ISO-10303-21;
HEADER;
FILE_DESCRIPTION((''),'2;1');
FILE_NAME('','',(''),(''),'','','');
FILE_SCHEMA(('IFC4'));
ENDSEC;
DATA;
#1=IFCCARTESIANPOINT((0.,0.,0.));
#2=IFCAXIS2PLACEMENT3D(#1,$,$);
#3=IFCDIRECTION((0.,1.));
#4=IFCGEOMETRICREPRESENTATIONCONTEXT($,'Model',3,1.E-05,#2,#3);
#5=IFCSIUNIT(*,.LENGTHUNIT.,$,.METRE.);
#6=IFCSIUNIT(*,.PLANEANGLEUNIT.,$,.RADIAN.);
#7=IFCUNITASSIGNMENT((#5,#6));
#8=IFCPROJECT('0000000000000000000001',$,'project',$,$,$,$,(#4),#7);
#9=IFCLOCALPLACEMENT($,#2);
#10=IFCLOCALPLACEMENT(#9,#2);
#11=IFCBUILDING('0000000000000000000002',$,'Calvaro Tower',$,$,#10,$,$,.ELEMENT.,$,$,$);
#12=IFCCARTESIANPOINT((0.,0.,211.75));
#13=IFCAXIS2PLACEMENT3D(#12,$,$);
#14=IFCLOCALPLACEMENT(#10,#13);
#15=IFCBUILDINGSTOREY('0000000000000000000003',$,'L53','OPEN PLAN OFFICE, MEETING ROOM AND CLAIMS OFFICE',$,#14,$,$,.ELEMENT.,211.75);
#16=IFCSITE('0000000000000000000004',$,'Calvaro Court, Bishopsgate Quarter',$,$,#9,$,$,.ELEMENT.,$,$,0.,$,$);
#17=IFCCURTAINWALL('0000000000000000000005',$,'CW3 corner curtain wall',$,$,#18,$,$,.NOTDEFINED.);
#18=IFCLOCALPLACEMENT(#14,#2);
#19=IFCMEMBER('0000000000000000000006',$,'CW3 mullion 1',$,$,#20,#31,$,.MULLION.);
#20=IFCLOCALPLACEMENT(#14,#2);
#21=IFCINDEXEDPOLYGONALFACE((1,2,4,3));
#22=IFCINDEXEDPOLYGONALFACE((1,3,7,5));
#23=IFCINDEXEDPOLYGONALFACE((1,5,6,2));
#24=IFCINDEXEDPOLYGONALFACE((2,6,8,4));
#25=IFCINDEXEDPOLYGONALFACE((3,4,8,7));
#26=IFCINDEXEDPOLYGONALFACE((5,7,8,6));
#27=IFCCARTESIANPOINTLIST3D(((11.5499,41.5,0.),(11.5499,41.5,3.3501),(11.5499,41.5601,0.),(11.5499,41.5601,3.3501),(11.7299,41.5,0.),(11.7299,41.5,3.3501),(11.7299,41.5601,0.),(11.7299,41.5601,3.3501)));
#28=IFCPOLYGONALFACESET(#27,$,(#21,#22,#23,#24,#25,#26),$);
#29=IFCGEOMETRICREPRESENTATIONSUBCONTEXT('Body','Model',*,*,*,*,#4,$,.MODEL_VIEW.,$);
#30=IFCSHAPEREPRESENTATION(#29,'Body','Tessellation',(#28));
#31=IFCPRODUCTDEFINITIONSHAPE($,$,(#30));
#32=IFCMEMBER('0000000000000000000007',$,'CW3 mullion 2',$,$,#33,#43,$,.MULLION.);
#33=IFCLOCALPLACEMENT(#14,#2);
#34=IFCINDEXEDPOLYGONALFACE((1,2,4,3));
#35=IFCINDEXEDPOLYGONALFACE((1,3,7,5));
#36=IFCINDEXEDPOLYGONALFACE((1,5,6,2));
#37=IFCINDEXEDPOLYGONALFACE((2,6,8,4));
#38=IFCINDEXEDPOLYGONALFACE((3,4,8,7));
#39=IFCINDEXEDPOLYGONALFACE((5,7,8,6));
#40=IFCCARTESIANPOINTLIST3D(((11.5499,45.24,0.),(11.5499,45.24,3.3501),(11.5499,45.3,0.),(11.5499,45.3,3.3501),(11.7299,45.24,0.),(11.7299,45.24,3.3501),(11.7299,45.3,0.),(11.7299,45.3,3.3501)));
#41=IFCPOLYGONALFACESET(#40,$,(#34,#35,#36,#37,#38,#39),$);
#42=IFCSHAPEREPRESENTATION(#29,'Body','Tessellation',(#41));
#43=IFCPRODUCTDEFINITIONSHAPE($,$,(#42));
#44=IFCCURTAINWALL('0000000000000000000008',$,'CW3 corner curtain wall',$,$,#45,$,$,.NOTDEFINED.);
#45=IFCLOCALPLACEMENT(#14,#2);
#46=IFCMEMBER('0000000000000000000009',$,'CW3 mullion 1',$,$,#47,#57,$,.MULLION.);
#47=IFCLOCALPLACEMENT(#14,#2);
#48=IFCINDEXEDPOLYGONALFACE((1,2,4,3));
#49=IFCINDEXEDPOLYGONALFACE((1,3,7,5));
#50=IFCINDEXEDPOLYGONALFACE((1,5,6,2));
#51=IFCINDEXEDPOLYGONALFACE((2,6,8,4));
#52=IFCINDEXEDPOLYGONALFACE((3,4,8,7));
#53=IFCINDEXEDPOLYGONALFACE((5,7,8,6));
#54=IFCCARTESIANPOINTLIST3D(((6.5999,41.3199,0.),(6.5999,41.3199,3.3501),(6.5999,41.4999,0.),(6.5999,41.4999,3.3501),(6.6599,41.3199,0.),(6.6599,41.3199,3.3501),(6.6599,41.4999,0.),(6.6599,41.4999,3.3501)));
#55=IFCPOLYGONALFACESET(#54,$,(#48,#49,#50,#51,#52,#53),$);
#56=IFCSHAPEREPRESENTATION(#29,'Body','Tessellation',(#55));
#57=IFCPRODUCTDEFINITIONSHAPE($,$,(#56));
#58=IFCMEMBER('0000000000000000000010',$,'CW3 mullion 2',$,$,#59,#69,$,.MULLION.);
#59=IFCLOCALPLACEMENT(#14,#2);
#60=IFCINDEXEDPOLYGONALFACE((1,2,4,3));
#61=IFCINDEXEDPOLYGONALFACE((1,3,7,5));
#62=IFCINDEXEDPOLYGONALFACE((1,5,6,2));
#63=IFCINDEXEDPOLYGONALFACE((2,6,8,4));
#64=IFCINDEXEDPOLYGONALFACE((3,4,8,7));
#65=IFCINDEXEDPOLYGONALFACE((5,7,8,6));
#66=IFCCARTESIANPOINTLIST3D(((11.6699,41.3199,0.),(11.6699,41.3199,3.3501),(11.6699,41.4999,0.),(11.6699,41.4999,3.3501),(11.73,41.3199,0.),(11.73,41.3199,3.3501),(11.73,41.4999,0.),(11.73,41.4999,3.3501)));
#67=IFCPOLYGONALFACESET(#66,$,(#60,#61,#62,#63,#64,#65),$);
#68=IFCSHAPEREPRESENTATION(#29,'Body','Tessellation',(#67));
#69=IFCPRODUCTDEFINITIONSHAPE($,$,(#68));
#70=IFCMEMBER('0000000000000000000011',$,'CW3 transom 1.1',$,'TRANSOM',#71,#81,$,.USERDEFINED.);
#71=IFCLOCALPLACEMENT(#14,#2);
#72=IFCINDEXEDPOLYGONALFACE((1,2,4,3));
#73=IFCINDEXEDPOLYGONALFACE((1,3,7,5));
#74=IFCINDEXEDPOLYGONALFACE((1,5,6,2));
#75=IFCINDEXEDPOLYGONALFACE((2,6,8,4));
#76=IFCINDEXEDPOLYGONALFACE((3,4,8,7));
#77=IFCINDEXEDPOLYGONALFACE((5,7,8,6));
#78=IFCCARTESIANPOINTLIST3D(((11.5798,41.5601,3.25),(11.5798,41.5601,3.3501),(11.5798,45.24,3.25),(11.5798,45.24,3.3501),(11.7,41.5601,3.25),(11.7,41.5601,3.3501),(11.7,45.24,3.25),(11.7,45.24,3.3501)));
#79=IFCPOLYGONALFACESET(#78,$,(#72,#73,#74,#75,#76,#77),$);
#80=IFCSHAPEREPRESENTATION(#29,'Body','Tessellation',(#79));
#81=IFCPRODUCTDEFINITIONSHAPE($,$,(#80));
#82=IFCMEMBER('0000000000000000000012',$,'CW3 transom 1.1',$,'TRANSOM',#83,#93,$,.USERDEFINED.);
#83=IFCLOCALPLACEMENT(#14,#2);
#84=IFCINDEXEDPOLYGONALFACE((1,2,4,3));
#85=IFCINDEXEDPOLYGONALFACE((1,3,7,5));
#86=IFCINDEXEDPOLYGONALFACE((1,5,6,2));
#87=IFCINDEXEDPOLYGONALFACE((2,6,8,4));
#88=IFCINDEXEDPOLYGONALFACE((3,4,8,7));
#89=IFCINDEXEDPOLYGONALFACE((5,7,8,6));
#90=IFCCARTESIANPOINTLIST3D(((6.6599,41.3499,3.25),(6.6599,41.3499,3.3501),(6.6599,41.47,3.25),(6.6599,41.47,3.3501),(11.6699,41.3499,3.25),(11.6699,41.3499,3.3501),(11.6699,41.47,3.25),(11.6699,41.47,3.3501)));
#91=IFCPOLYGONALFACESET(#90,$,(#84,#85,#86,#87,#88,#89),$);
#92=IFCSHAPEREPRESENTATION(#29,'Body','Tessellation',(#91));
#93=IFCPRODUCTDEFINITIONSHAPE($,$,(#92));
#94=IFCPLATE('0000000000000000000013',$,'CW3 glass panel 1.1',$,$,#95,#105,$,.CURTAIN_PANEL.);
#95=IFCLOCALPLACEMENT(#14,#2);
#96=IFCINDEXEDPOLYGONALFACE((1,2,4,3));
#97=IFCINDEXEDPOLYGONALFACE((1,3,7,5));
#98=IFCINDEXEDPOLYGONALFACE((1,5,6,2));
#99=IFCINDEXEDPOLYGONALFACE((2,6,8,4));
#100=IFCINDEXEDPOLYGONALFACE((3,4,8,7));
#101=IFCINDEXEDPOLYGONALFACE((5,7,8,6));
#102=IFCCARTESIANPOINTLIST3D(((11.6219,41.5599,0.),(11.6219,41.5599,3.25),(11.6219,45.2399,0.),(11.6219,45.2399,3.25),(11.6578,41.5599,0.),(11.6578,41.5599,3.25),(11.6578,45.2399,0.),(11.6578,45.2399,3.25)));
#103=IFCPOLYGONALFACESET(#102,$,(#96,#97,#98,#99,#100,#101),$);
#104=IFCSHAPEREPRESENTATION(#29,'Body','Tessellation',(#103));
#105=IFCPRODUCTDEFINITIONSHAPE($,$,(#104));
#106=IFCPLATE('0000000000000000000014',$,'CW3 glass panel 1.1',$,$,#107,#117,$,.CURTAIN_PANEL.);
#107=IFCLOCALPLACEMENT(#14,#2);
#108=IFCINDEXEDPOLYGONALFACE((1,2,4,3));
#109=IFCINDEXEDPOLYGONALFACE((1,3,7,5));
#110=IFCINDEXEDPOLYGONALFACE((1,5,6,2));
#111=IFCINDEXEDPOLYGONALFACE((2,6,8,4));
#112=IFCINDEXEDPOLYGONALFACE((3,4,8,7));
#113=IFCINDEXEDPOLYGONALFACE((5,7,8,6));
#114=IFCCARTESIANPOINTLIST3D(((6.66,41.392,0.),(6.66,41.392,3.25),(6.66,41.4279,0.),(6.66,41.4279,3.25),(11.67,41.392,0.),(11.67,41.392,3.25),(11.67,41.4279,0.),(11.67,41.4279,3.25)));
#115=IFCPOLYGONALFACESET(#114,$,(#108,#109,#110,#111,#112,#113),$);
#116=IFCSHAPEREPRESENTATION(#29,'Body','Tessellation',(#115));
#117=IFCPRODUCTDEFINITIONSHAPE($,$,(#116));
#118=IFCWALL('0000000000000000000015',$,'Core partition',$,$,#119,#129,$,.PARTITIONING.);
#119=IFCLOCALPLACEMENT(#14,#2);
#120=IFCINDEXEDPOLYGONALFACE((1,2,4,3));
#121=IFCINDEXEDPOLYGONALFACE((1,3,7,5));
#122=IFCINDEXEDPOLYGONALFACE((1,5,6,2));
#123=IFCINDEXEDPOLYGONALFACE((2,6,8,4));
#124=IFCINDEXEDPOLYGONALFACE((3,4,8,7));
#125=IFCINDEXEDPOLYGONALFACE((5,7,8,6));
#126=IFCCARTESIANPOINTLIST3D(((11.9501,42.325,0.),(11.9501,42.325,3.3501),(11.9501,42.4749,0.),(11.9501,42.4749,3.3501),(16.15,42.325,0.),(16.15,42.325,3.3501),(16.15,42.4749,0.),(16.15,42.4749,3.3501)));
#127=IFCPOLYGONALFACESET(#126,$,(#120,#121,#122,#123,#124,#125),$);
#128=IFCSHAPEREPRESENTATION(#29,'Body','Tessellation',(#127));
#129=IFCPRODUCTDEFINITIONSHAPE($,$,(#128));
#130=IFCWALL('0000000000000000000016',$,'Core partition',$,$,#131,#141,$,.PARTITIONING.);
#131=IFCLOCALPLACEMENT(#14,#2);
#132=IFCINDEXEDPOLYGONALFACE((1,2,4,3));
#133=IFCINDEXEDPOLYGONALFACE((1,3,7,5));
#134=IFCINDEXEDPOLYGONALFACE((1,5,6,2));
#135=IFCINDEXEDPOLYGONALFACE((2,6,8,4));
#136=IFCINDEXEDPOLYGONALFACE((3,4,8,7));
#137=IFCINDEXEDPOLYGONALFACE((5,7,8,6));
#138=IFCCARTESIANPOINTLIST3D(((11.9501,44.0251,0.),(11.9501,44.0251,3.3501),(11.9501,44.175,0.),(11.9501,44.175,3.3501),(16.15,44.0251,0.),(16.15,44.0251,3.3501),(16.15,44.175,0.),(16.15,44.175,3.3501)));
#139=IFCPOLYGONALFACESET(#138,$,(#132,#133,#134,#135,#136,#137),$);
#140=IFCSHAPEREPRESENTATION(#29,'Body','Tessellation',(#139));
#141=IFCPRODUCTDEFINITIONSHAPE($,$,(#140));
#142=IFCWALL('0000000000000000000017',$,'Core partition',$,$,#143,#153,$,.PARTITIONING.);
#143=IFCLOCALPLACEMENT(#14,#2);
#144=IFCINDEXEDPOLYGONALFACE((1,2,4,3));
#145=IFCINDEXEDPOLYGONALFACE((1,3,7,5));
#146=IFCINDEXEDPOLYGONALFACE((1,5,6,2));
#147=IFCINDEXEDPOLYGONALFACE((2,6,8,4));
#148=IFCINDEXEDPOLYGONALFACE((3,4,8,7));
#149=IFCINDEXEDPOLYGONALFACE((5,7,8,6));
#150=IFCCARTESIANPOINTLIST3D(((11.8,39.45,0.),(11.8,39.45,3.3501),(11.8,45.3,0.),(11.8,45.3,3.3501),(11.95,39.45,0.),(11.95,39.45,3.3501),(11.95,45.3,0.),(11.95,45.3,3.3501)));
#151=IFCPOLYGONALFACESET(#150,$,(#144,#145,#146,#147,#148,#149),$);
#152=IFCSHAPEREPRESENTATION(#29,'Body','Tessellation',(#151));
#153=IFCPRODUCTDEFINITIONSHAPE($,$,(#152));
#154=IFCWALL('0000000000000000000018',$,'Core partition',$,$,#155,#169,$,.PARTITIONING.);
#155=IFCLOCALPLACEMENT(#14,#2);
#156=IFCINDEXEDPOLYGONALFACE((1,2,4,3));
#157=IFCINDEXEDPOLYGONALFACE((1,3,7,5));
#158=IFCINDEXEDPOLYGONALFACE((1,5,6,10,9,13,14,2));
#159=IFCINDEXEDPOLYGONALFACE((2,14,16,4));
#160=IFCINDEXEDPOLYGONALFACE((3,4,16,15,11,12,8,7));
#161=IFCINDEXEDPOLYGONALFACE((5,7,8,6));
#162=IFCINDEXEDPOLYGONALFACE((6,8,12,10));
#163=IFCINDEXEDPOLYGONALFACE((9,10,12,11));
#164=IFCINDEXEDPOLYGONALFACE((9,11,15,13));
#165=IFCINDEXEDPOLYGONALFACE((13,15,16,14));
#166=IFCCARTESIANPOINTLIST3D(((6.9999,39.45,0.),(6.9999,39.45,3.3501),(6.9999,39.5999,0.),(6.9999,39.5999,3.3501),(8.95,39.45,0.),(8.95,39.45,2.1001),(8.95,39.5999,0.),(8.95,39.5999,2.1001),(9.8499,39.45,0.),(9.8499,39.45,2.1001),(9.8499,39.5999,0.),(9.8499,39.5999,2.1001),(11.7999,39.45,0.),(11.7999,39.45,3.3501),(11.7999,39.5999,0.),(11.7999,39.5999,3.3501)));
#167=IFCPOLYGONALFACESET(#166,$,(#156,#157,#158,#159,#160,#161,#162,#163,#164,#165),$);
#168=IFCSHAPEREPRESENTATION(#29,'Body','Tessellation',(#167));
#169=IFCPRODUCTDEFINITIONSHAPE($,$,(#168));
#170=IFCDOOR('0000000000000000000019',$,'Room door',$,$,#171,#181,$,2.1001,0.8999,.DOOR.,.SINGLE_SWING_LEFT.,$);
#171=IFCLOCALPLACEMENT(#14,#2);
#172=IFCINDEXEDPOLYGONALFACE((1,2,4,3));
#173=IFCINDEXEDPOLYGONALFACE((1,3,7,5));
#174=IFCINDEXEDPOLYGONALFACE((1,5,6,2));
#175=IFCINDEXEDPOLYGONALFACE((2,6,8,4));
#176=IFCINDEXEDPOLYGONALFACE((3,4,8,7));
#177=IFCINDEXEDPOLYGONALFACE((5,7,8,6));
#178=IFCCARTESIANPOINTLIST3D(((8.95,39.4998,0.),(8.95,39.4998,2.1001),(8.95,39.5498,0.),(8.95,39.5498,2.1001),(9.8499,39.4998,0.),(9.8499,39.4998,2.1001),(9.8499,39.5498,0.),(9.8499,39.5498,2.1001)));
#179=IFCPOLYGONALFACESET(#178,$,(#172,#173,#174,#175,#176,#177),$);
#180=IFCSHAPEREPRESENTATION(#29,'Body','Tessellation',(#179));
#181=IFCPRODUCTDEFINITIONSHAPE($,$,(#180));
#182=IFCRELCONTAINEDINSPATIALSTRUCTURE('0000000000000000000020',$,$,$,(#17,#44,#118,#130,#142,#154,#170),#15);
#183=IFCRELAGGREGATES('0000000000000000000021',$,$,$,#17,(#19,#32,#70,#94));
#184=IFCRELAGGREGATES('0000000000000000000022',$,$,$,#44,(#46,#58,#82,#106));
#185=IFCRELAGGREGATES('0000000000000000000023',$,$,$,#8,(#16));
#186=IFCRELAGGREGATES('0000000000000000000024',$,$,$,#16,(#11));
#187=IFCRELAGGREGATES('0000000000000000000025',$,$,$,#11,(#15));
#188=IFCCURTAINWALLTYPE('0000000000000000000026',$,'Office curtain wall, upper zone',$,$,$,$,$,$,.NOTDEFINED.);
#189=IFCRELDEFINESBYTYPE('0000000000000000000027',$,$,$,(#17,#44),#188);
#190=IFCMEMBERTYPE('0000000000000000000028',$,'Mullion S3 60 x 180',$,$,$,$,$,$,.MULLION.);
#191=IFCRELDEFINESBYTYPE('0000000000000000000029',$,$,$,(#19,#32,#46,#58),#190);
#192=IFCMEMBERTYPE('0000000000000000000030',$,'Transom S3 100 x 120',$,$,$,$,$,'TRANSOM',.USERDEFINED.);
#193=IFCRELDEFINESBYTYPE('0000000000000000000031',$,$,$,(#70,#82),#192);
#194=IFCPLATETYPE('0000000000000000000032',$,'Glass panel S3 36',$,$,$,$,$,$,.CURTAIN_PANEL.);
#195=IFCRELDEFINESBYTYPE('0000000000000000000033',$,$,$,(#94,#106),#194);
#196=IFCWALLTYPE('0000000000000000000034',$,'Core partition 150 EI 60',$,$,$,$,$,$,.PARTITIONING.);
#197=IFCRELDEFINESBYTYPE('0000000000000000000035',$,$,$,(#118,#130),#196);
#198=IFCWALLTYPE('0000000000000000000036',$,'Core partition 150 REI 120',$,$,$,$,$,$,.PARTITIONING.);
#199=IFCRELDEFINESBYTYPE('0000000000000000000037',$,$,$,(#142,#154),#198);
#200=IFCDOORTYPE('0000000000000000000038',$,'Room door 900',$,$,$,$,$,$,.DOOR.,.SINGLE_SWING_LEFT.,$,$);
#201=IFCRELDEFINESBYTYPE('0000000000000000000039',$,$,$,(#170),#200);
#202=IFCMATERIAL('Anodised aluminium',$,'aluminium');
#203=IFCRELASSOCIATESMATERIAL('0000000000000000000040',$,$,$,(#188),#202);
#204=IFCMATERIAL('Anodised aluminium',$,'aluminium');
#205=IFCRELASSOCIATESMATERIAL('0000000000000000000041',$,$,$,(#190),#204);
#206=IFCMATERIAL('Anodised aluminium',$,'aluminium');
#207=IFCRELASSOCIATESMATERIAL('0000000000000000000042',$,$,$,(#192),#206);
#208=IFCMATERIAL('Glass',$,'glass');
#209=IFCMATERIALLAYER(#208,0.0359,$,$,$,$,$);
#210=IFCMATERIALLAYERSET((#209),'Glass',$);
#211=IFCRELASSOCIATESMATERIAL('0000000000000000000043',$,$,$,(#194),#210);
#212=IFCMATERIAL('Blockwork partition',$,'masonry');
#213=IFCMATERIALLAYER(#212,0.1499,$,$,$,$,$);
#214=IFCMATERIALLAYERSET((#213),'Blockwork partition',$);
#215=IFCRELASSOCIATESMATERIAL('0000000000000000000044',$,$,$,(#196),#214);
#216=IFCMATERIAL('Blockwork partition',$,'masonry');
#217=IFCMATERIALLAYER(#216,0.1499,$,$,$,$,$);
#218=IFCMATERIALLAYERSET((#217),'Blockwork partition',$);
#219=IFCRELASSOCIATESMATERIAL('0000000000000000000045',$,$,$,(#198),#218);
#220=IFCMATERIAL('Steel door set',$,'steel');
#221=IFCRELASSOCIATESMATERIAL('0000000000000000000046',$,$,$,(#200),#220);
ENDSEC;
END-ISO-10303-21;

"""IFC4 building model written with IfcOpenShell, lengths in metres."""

from ifc_helpers import new_model, si_unit, direction, frame, frame_2d, origin, origin_2d, place, context, subcontext, project, spatial, rectangle, extrude, material, layer, layer_set, material_profile, profile_set, type_object, element, fill, aggregate, save


model = new_model("IFC4")

# Units and contexts
model_context = context("Model", 3, precision=1e-05, world=origin(), true_north=direction((0.0, 1.0)))
body_context = subcontext(model_context, "Body", "Model", "MODEL_VIEW")
ifc_project = project(units=[si_unit("LENGTHUNIT", "METRE"), si_unit("PLANEANGLEUNIT", "RADIAN")], contexts=[model_context])

# Site, building, storey
site_placement = place(None, origin())
site = spatial("IfcSite", under=ifc_project, at=site_placement, Name="Calvaro Court, Bishopsgate Quarter", CompositionType="ELEMENT", RefElevation=0.0)
building_placement = place(site_placement, origin())
building = spatial("IfcBuilding", under=site, at=building_placement, Name="Calvaro Tower", CompositionType="ELEMENT")
storey_placement = place(building_placement, frame((0.0, 0.0, 211.75)))
storey = spatial("IfcBuildingStorey", under=building, at=storey_placement, Name="L53", Description="OPEN PLAN OFFICE, MEETING ROOM AND CLAIMS OFFICE", CompositionType="ELEMENT", Elevation=211.75)

# Curtain walls, members
ifc_material_1 = material(Name="Anodised aluminium", Category="aluminium")
curtain_wall_type = type_object("IfcCurtainWallType", Name="Office curtain wall, upper zone", PredefinedType="NOTDEFINED", material=ifc_material_1)
curtain_wall_1_placement = place(storey_placement, origin())
curtain_wall_1 = element("IfcCurtainWall", 1, at=curtain_wall_1_placement, inside=storey, type_object=curtain_wall_type, Name="CW3 corner curtain wall", PredefinedType="NOTDEFINED")
ifc_material_2 = material(Name="Anodised aluminium", Category="aluminium")
ifc_material_profile_1 = material_profile(ifc_material_2, rectangle(XDim=0.1799, YDim=0.0601, at=origin_2d()), Name="Mullion S3 60 x 180")
ifc_profile_set_1 = profile_set([ifc_material_profile_1], Name="Anodised aluminium")
member_type_1 = type_object("IfcMemberType", Name="Mullion S3 60 x 180", PredefinedType="MULLION", material=ifc_profile_set_1)
member_1_placement = place(storey_placement, frame((11.6399, 41.53, 0.0), z_axis=(0.0, 0.0, 1.0), x_axis=(-1.0, 0.0, 0.0)))
member_1 = element("IfcMember", 2, at=member_1_placement, type_object=member_type_1, Name="CW3 mullion 1", PredefinedType="MULLION", context=body_context, shape_type="SweptSolid", body=[
    extrude(rectangle(XDim=0.1799, YDim=0.0601, at=origin_2d()), origin(), (0.0, 0.0, 1.0), 3.3501),
])
member_2_placement = place(storey_placement, frame((11.6399, 45.27, 0.0), z_axis=(0.0, 0.0, 1.0), x_axis=(-1.0, 0.0, 0.0)))
member_2 = element("IfcMember", 3, at=member_2_placement, type_object=member_type_1, Name="CW3 mullion 2", PredefinedType="MULLION", context=body_context, shape_type="SweptSolid", body=[
    extrude(rectangle(XDim=0.1799, YDim=0.0601, at=origin_2d()), origin(), (0.0, 0.0, 1.0), 3.3501),
])
curtain_wall_2_placement = place(storey_placement, origin())
curtain_wall_2 = element("IfcCurtainWall", 4, at=curtain_wall_2_placement, inside=storey, type_object=curtain_wall_type, Name="CW3 corner curtain wall", PredefinedType="NOTDEFINED")
member_3_placement = place(storey_placement, frame((6.6299, 41.4099, 0.0), z_axis=(0.0, 0.0, 1.0), x_axis=(0.0, 1.0, 0.0)))
member_3 = element("IfcMember", 5, at=member_3_placement, type_object=member_type_1, Name="CW3 mullion 1", PredefinedType="MULLION", context=body_context, shape_type="SweptSolid", body=[
    extrude(rectangle(XDim=0.1799, YDim=0.0601, at=origin_2d()), origin(), (0.0, 0.0, 1.0), 3.3501),
])
member_4_placement = place(storey_placement, frame((11.7, 41.4099, 0.0), z_axis=(0.0, 0.0, 1.0), x_axis=(0.0, 1.0, 0.0)))
member_4 = element("IfcMember", 6, at=member_4_placement, type_object=member_type_1, Name="CW3 mullion 2", PredefinedType="MULLION", context=body_context, shape_type="SweptSolid", body=[
    extrude(rectangle(XDim=0.1799, YDim=0.0601, at=origin_2d()), origin(), (0.0, 0.0, 1.0), 3.3501),
])

# Members
ifc_material_3 = material(Name="Anodised aluminium", Category="aluminium")
ifc_material_profile_2 = material_profile(ifc_material_3, rectangle(XDim=0.1201, YDim=0.1001, at=origin_2d()), Name="Transom S3 100 x 120")
ifc_profile_set_2 = profile_set([ifc_material_profile_2], Name="Anodised aluminium")
member_type_2 = type_object("IfcMemberType", Name="Transom S3 100 x 120", ElementType="TRANSOM", PredefinedType="USERDEFINED", material=ifc_profile_set_2)
member_5_placement = place(storey_placement, frame((11.6399, 41.5601, 3.3), z_axis=(0.0, 1.0, 0.0), x_axis=(-1.0, 0.0, 0.0)))
member_5 = element("IfcMember", 7, at=member_5_placement, type_object=member_type_2, Name="CW3 transom 1.1", ObjectType="TRANSOM", PredefinedType="USERDEFINED", context=body_context, shape_type="SweptSolid", body=[
    extrude(rectangle(XDim=0.1201, YDim=0.1001, at=origin_2d()), origin(), (0.0, 0.0, 1.0), 3.6799),
])
member_6_placement = place(storey_placement, frame((6.6599, 41.4099, 3.3), z_axis=(1.0, 0.0, 0.0), x_axis=(0.0, 1.0, 0.0)))
member_6 = element("IfcMember", 8, at=member_6_placement, type_object=member_type_2, Name="CW3 transom 1.1", ObjectType="TRANSOM", PredefinedType="USERDEFINED", context=body_context, shape_type="SweptSolid", body=[
    extrude(rectangle(XDim=0.1201, YDim=0.1001, at=origin_2d()), origin(), (0.0, 0.0, 1.0), 5.01),
])

# Plates
ifc_material_4 = material(Name="Glass", Category="glass")
ifc_layer_1 = layer(ifc_material_4, 0.0359)
ifc_layer_set_1 = layer_set([ifc_layer_1], Name="Glass")
plate_type = type_object("IfcPlateType", Name="Glass panel S3 36", PredefinedType="CURTAIN_PANEL", material=ifc_layer_set_1)
plate_1_placement = place(storey_placement, frame((11.6399, 43.3999, 0.0), z_axis=(0.0, 0.0, 1.0), x_axis=(0.0, 1.0, 0.0)))
plate_1 = element("IfcPlate", 9, at=plate_1_placement, type_object=plate_type, Name="CW3 glass panel 1.1", PredefinedType="CURTAIN_PANEL", context=body_context, shape_type="SweptSolid", body=[
    extrude(rectangle(XDim=3.6799, YDim=0.0359, at=origin_2d()), origin(), (0.0, 0.0, 1.0), 3.25),
])
aggregate(curtain_wall_1, [member_1, member_2, member_5, plate_1])
plate_2_placement = place(storey_placement, frame((9.165, 41.4099, 0.0), z_axis=(0.0, 0.0, 1.0), x_axis=(1.0, 0.0, 0.0)))
plate_2 = element("IfcPlate", 10, at=plate_2_placement, type_object=plate_type, Name="CW3 glass panel 1.1", PredefinedType="CURTAIN_PANEL", context=body_context, shape_type="SweptSolid", body=[
    extrude(rectangle(XDim=5.01, YDim=0.0359, at=origin_2d()), origin(), (0.0, 0.0, 1.0), 3.25),
])
aggregate(curtain_wall_2, [member_3, member_4, member_6, plate_2])

# Walls
ifc_material_5 = material(Name="Blockwork partition", Category="masonry")
ifc_layer_2 = layer(ifc_material_5, 0.1499)
ifc_layer_set_2 = layer_set([ifc_layer_2], Name="Blockwork partition")
wall_type_1 = type_object("IfcWallType", Name="Core partition 150 EI 60", PredefinedType="PARTITIONING", material=ifc_layer_set_2)
for number, where, z_axis, x_axis, name in (
    (11, (11.95, 42.3999, 0.0), (0.0, 0.0, 1.0), (1.0, 0.0, 0.0), "Core partition"),
    (12, (11.95, 44.1001, 0.0), (0.0, 0.0, 1.0), (1.0, 0.0, 0.0), "Core partition"),
):
    element("IfcWall", number, at=place(storey_placement, frame(where, z_axis=z_axis, x_axis=x_axis)), inside=storey, type_object=wall_type_1, Name=name, PredefinedType="PARTITIONING", context=body_context, shape_type="SweptSolid", body=[
        extrude(rectangle(XDim=4.2, YDim=0.1499, at=frame_2d((2.1001, 0.0))), origin(), (0.0, 0.0, 1.0), 3.3501),
    ])
ifc_material_6 = material(Name="Blockwork partition", Category="masonry")
ifc_layer_3 = layer(ifc_material_6, 0.1499)
ifc_layer_set_3 = layer_set([ifc_layer_3], Name="Blockwork partition")
wall_type_2 = type_object("IfcWallType", Name="Core partition 150 REI 120", PredefinedType="PARTITIONING", material=ifc_layer_set_3)
wall_1_placement = place(storey_placement, frame((11.875, 39.45, 0.0), z_axis=(0.0, 0.0, 1.0), x_axis=(0.0, 1.0, 0.0)))
element("IfcWall", 13, at=wall_1_placement, inside=storey, type_object=wall_type_2, Name="Core partition", PredefinedType="PARTITIONING", context=body_context, shape_type="SweptSolid", body=[
    extrude(rectangle(XDim=5.8501, YDim=0.1499, at=frame_2d((2.925, 0.0))), origin(), (0.0, 0.0, 1.0), 3.3501),
])

# Wall, opening, door
wall_2_placement = place(storey_placement, frame((7.0, 39.5249, 0.0), z_axis=(0.0, 0.0, 1.0), x_axis=(1.0, 0.0, 0.0)))
wall_2 = element("IfcWall", 14, at=wall_2_placement, inside=storey, type_object=wall_type_2, Name="Core partition", PredefinedType="PARTITIONING", context=body_context, shape_type="SweptSolid", body=[
    extrude(rectangle(XDim=4.8, YDim=0.1499, at=frame_2d((2.3999, 0.0))), origin(), (0.0, 0.0, 1.0), 3.3501),
])
opening_placement = place(wall_2_placement, frame((1.95, 0.0, 0.0)))
opening = element("IfcOpeningElement", 15, at=opening_placement, cuts=wall_2, PredefinedType="OPENING", context=body_context, shape_type="SweptSolid", body=[
    extrude(rectangle(XDim=0.8999, YDim=2.1001, at=frame_2d((0.45, 1.05))), frame((0.0, 0.085, 0.0), z_axis=(0.0, -1.0, 0.0), x_axis=(1.0, 0.0, 0.0)), (0.0, 0.0, 1.0), 0.1699),
])
ifc_material_7 = material(Name="Steel door set", Category="steel")
door_type = type_object("IfcDoorType", Name="Room door 900", OperationType="SINGLE_SWING_LEFT", PredefinedType="DOOR", material=ifc_material_7)
door_placement = place(opening_placement, origin())
door = element("IfcDoor", 16, at=door_placement, inside=storey, type_object=door_type, Name="Room door", OperationType="SINGLE_SWING_LEFT", OverallHeight=2.1001, OverallWidth=0.8999, PredefinedType="DOOR", context=body_context, shape_type="SweptSolid", body=[
    extrude(rectangle(XDim=0.8999, YDim=2.1001, at=frame_2d((0.45, 1.05))), frame((0.0, 0.0249, 0.0), z_axis=(0.0, -1.0, 0.0), x_axis=(1.0, 0.0, 0.0)), (0.0, 0.0, 1.0), 0.05),
])
fill(opening, door)

save(model, "model.ifc")
